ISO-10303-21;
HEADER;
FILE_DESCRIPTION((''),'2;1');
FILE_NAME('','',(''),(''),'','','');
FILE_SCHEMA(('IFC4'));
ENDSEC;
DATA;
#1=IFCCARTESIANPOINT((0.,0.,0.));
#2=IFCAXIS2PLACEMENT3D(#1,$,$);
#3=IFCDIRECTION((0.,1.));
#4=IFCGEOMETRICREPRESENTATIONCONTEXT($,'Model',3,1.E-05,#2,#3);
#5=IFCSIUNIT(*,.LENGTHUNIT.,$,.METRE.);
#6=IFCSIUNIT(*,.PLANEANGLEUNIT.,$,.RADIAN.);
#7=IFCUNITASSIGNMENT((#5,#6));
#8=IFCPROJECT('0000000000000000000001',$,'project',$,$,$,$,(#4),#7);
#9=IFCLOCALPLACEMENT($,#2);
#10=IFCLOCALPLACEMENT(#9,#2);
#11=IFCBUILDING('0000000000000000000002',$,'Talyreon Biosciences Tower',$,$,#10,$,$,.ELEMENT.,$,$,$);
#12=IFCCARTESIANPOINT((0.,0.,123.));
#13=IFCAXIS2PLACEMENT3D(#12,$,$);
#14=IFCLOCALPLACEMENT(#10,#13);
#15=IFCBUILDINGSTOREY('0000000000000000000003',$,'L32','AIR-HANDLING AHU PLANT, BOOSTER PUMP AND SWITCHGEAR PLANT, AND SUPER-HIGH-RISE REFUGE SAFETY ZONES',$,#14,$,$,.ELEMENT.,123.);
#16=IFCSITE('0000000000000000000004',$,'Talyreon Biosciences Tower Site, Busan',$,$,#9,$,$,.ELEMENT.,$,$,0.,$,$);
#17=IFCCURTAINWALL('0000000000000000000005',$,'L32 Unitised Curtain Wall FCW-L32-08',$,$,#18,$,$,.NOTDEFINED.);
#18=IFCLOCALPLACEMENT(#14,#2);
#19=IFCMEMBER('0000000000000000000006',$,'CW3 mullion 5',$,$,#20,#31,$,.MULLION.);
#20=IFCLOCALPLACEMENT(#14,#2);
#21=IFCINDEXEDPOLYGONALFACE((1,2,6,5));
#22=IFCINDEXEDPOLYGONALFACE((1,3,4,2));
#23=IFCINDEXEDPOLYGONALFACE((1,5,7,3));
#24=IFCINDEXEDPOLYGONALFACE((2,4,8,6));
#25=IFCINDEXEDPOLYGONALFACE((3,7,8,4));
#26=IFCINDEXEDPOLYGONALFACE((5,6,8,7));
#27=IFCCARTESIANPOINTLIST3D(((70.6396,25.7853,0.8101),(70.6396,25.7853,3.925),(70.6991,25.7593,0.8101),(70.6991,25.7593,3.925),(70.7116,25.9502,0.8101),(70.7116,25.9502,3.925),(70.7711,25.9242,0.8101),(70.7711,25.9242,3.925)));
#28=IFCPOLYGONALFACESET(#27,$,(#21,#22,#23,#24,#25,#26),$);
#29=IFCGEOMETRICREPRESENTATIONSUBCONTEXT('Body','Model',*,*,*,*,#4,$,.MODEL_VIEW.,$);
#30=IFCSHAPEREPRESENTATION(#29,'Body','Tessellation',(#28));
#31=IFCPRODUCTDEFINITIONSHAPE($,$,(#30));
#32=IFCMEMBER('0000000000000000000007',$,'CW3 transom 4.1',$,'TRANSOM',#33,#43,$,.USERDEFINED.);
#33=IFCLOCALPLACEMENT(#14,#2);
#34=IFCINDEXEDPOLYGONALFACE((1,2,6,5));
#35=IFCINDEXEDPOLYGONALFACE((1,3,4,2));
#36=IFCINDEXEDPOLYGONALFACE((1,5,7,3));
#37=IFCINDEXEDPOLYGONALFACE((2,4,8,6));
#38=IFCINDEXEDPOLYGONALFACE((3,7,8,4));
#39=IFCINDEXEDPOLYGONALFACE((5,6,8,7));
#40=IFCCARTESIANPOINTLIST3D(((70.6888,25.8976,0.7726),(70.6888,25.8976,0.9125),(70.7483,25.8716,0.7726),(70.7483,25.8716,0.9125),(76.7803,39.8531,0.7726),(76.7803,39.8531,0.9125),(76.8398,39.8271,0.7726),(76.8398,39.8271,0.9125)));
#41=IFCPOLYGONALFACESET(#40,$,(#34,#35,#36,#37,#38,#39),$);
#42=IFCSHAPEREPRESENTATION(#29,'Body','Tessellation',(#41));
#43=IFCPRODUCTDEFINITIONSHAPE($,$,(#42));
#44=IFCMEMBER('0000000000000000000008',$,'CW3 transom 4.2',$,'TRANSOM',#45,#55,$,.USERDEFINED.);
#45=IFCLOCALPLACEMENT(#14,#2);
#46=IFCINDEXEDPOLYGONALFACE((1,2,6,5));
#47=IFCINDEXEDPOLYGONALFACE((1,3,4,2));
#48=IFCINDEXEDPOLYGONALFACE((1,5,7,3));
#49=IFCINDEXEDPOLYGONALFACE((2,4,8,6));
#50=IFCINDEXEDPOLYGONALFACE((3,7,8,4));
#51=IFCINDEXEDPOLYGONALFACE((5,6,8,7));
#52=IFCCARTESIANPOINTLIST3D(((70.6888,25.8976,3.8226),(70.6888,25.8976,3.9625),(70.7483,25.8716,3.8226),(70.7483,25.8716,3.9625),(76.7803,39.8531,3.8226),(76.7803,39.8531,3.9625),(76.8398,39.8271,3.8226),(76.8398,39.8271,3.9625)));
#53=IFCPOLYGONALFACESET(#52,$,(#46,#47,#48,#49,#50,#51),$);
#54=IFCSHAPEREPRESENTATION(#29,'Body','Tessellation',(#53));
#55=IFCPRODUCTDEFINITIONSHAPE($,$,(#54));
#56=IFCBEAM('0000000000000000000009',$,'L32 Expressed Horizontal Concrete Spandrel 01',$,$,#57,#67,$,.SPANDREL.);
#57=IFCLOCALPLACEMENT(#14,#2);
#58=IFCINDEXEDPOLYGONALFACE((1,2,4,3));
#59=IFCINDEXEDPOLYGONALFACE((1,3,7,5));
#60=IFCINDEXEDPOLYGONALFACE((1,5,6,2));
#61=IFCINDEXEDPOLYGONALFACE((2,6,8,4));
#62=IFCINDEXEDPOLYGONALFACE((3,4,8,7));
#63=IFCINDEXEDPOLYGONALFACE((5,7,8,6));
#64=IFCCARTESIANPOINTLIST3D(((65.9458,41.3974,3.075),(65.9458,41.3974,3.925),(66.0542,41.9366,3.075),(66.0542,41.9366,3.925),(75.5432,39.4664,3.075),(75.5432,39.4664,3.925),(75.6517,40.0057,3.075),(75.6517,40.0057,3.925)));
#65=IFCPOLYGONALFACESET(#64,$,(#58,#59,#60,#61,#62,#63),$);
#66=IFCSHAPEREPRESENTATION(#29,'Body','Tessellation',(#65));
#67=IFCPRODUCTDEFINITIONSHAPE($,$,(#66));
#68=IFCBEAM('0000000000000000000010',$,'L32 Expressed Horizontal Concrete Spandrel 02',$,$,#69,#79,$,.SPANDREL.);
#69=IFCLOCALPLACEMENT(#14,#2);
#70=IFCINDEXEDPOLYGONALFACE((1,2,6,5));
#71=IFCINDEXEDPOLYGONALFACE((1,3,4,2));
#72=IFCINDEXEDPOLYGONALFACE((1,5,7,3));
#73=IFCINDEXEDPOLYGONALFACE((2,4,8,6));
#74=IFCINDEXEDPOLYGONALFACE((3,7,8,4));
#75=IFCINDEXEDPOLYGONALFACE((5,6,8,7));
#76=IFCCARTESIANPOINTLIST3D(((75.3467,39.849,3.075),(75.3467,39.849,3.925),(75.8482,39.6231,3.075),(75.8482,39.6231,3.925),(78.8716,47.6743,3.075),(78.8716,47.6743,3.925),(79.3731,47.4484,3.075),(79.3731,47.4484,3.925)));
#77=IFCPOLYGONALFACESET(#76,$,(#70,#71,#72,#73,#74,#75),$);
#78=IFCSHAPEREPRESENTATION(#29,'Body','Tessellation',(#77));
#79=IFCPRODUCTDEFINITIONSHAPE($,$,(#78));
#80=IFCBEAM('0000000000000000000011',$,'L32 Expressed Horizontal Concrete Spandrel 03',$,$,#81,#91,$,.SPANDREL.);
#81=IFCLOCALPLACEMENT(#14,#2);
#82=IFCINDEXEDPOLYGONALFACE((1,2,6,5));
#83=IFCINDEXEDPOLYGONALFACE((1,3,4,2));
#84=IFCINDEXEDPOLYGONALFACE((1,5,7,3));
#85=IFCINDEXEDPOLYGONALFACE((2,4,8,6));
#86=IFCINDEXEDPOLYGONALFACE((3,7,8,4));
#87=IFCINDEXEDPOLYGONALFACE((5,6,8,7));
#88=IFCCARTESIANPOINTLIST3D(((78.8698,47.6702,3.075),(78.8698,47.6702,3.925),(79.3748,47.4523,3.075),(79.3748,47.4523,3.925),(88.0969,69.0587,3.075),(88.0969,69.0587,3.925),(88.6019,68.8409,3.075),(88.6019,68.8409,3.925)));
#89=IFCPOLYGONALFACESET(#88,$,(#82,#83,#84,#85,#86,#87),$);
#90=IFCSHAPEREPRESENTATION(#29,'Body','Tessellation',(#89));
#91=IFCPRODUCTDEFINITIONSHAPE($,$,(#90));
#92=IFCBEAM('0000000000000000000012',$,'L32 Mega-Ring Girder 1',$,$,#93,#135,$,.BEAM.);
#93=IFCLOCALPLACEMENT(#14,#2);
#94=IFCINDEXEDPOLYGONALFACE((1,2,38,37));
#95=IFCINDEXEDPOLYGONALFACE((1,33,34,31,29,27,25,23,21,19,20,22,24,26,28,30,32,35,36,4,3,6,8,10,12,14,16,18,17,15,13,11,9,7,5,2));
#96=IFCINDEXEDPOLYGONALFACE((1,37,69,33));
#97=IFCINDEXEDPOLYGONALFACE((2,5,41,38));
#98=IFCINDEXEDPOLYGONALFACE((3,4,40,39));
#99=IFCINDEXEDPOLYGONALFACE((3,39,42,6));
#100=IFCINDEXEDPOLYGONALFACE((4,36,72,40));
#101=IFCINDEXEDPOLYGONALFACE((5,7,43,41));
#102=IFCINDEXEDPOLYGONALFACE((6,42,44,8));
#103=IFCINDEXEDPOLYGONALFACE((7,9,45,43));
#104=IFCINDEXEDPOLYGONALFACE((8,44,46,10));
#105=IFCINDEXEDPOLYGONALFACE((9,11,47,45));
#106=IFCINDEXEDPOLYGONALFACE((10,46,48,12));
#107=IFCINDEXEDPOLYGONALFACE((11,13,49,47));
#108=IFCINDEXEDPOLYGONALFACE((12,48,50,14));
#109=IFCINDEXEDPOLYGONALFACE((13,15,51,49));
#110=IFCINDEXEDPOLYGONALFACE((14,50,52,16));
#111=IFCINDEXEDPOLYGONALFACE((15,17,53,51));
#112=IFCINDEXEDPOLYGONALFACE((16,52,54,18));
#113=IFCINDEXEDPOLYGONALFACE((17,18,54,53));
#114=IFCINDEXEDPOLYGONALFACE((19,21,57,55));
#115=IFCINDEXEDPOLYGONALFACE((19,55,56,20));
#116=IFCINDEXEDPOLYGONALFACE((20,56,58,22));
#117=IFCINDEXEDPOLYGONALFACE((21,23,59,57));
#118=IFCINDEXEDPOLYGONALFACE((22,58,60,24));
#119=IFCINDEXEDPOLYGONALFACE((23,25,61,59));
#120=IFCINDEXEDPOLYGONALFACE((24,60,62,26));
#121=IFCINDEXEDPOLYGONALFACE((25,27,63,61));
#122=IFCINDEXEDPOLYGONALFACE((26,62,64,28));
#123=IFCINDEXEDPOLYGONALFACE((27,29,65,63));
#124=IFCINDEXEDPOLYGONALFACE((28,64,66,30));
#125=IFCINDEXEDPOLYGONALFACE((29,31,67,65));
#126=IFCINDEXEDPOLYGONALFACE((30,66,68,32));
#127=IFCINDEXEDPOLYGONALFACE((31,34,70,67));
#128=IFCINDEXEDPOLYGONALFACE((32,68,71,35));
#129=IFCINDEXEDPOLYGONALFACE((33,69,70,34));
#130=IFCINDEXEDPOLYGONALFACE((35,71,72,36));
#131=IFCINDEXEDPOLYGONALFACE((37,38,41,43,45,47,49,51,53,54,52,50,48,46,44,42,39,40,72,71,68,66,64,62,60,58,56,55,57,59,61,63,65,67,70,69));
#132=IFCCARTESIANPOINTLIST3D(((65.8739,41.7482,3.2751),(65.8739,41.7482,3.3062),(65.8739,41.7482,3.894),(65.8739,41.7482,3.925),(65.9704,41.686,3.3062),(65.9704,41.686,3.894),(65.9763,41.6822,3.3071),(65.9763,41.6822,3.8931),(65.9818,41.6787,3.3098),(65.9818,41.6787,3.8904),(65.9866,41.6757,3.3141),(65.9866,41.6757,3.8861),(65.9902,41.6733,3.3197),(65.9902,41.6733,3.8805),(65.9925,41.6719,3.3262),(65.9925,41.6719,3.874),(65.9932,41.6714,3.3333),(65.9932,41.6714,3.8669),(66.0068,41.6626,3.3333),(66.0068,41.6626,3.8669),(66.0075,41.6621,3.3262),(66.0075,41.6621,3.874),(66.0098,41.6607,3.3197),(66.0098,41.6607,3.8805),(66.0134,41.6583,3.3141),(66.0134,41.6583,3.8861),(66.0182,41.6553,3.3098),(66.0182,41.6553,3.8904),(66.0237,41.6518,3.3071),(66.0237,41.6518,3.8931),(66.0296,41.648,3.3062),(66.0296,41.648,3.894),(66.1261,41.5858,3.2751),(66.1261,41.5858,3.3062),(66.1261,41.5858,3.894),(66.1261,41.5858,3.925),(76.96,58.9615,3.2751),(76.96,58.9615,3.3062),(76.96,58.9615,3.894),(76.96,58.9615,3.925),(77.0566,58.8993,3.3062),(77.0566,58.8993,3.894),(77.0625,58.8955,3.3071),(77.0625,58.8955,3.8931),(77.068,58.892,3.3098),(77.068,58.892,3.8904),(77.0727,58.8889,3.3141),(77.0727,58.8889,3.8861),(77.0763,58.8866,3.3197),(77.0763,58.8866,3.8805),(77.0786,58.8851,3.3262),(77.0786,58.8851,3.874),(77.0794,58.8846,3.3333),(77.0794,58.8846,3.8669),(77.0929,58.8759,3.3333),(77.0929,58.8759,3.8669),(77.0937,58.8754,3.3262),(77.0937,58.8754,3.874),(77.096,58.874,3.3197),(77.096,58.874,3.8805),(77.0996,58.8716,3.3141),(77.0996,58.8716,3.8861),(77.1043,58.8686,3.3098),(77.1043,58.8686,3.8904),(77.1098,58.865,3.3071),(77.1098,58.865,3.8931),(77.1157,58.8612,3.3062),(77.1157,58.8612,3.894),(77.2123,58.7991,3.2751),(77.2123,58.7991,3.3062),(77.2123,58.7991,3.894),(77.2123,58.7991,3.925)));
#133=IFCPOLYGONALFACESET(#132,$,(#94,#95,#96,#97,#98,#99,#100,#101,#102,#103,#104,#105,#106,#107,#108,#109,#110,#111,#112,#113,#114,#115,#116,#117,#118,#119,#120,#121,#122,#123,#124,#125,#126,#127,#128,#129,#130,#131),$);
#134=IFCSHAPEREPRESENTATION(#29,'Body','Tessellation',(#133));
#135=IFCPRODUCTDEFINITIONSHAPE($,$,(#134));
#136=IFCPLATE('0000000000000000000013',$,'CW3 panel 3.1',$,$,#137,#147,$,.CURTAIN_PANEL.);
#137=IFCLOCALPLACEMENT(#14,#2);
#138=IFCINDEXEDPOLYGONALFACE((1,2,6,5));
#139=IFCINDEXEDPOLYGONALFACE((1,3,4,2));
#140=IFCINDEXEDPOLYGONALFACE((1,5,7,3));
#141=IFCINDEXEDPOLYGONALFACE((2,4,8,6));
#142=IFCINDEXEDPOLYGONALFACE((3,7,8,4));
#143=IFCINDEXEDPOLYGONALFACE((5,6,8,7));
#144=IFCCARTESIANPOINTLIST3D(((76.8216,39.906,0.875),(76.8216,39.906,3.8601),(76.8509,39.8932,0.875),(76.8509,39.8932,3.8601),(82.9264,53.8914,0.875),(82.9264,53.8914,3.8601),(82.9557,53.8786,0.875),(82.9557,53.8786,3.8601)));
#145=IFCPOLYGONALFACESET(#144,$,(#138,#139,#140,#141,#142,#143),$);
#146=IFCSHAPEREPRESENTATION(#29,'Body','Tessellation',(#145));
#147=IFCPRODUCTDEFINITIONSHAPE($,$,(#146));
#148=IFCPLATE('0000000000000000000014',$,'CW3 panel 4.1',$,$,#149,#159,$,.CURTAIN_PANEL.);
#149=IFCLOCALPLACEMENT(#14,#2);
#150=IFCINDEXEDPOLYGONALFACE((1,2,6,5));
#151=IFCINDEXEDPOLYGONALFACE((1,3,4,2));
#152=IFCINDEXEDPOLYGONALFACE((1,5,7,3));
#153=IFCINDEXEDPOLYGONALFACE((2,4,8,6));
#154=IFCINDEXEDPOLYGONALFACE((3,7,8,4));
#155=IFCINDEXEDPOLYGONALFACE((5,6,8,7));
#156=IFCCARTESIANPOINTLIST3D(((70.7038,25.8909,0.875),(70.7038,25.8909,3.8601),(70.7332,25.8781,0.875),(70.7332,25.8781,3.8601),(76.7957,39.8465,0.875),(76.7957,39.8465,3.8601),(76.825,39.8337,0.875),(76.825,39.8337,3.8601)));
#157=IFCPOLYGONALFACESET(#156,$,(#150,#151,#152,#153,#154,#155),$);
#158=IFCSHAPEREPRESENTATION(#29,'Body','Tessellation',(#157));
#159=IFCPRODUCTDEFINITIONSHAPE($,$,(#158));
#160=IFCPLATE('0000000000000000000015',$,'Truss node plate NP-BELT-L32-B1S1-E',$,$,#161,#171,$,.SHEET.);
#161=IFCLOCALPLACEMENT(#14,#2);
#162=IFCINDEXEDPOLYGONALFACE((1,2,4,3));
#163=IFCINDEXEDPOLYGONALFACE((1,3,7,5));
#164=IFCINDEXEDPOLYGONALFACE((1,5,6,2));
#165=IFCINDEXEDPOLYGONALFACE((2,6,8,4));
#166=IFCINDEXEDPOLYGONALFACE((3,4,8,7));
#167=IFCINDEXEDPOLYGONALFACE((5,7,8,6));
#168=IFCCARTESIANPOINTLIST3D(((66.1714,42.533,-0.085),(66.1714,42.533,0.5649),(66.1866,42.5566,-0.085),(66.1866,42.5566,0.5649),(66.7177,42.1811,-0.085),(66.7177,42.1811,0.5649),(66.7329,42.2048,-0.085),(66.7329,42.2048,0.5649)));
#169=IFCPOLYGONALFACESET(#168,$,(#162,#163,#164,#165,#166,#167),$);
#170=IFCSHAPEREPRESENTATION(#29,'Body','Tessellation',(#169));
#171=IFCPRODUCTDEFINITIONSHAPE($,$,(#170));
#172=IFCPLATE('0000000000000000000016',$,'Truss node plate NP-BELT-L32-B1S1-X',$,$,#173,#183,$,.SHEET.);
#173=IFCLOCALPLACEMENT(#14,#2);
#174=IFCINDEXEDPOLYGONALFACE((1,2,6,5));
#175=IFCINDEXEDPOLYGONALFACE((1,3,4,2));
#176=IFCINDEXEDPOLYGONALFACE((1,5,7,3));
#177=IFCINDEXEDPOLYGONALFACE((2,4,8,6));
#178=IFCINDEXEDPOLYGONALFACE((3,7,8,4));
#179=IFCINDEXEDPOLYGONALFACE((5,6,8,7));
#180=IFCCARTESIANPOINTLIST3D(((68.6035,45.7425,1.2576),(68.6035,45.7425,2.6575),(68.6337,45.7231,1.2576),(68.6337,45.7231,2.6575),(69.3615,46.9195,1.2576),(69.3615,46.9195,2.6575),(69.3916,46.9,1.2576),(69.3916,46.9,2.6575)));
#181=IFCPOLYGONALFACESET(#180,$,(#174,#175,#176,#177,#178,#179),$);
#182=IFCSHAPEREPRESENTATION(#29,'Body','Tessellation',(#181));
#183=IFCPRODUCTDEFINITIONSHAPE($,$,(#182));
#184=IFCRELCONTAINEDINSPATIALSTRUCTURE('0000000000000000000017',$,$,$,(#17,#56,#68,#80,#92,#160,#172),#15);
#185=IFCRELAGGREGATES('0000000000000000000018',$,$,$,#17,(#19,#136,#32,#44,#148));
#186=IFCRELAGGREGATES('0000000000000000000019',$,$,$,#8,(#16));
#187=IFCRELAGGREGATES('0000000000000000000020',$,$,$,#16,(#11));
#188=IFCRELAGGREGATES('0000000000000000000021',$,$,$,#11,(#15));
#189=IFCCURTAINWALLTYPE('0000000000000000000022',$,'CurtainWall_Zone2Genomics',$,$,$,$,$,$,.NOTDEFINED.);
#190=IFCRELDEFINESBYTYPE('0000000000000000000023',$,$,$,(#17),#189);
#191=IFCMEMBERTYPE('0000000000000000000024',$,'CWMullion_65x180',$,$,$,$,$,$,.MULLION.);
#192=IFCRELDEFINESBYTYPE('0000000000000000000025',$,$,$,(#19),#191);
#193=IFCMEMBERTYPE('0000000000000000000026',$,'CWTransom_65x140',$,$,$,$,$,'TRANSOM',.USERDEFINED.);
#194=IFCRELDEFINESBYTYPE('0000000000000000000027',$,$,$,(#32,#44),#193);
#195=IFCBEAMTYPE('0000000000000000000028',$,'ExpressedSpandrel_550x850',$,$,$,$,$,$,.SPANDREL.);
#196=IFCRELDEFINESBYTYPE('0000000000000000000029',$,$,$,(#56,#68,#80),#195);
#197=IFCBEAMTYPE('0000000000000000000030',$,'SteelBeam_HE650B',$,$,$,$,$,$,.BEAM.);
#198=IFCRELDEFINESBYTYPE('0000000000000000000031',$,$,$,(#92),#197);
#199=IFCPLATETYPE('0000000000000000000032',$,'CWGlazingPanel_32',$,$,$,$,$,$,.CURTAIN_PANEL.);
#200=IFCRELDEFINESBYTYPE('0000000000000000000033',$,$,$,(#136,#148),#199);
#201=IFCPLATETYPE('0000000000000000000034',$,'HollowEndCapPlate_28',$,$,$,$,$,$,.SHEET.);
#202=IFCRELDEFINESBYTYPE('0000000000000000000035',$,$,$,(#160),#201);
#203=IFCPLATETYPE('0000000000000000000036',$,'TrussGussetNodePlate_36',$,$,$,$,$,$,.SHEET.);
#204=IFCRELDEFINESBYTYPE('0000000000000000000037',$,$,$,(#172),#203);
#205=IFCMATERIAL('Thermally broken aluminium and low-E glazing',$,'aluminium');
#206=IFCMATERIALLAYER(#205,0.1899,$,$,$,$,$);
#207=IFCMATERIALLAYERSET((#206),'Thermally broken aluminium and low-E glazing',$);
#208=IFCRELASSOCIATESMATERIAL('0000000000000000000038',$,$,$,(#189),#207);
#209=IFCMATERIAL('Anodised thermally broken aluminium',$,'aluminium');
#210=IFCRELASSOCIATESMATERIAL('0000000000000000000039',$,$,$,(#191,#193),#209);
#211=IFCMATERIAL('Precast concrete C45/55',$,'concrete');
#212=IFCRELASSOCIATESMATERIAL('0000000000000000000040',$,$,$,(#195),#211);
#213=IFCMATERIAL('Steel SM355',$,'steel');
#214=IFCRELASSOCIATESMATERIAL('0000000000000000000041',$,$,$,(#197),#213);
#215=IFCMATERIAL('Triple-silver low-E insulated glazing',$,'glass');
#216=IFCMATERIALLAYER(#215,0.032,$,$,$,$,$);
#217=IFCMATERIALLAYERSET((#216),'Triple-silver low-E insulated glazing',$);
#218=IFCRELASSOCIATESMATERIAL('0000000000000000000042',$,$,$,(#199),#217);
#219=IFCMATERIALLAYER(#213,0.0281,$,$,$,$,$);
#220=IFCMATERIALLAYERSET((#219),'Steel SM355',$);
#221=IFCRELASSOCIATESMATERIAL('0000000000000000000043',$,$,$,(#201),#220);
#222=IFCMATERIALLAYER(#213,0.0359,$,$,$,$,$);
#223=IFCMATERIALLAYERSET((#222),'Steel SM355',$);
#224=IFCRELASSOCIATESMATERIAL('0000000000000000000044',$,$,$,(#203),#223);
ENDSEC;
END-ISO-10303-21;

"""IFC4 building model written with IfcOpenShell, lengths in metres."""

from ifc_helpers import new_model, si_unit, direction, frame, origin, origin_2d, place, context, subcontext, project, spatial, rectangle, i_section, extrude, material, layer, layer_set, material_profile, profile_set, type_object, element, aggregate, save


model = new_model("IFC4")

# Units and contexts
model_context = context("Model", 3, precision=1e-05, world=origin(), true_north=direction((0.0, 1.0)))
body_context = subcontext(model_context, "Body", "Model", "MODEL_VIEW")
ifc_project = project(units=[si_unit("LENGTHUNIT", "METRE"), si_unit("PLANEANGLEUNIT", "RADIAN")], contexts=[model_context])

# Site, building, storey
site_placement = place(None, origin())
site = spatial("IfcSite", under=ifc_project, at=site_placement, Name="Talyreon Biosciences Tower Site, Busan", CompositionType="ELEMENT", RefElevation=0.0)
building_placement = place(site_placement, origin())
building = spatial("IfcBuilding", under=site, at=building_placement, Name="Talyreon Biosciences Tower", CompositionType="ELEMENT")
storey_placement = place(building_placement, frame((0.0, 0.0, 123.0)))
storey = spatial("IfcBuildingStorey", under=building, at=storey_placement, Name="L32", Description="AIR-HANDLING AHU PLANT, BOOSTER PUMP AND SWITCHGEAR PLANT, AND SUPER-HIGH-RISE REFUGE SAFETY ZONES", CompositionType="ELEMENT", Elevation=123.0)

# Shared definitions
ifc_material_1 = material(Name="Precast concrete C45/55", Category="concrete")

# Shared definitions
ifc_material_2 = material(Name="Steel SM355", Category="steel")

# Curtain wall, members
ifc_material_3 = material(Name="Thermally broken aluminium and low-E glazing", Category="aluminium")
ifc_layer_1 = layer(ifc_material_3, 0.1899)
ifc_layer_set_1 = layer_set([ifc_layer_1], Name="Thermally broken aluminium and low-E glazing")
curtain_wall_type = type_object("IfcCurtainWallType", Name="CurtainWall_Zone2Genomics", PredefinedType="NOTDEFINED", material=ifc_layer_set_1)
curtain_wall_placement = place(storey_placement, origin())
curtain_wall = element("IfcCurtainWall", 1, at=curtain_wall_placement, inside=storey, type_object=curtain_wall_type, Name="L32 Unitised Curtain Wall FCW-L32-08", PredefinedType="NOTDEFINED")
ifc_material_4 = material(Name="Anodised thermally broken aluminium", Category="aluminium")
ifc_material_profile_1 = material_profile(ifc_material_4, rectangle(XDim=0.0649, YDim=0.1799, at=origin_2d()), Name="ALUM MULLION 65x180")
ifc_profile_set_1 = profile_set([ifc_material_profile_1], Name="Anodised thermally broken aluminium")
member_type_1 = type_object("IfcMemberType", Name="CWMullion_65x180", PredefinedType="MULLION", material=ifc_profile_set_1)
member_1_placement = place(storey_placement, frame((70.7053, 25.8547, 0.8101), z_axis=(0.0, 0.0, 1.0), x_axis=(0.91649, -0.400058, 0.0)))
member_1 = element("IfcMember", 2, at=member_1_placement, type_object=member_type_1, Name="CW3 mullion 5", PredefinedType="MULLION", context=body_context, shape_type="SweptSolid", body=[
    extrude(rectangle(XDim=0.0649, YDim=0.1799, at=origin_2d()), origin(), (0.0, 0.0, 1.0), 3.115),
])
ifc_material_profile_2 = material_profile(ifc_material_4, rectangle(XDim=0.0649, YDim=0.1399, at=origin_2d()), Name="ALUM TRANSOM 65x140")
ifc_profile_set_2 = profile_set([ifc_material_profile_2], Name="Anodised thermally broken aluminium")
member_type_2 = type_object("IfcMemberType", Name="CWTransom_65x140", ElementType="TRANSOM", PredefinedType="USERDEFINED", material=ifc_profile_set_2)
member_2_placement = place(storey_placement, frame((76.8101, 39.8401, 0.8425), z_axis=(-0.400047, -0.916495, 0.0), x_axis=(0.916495, -0.400047, 0.0)))
member_2 = element("IfcMember", 3, at=member_2_placement, type_object=member_type_2, Name="CW3 transom 4.1", ObjectType="TRANSOM", PredefinedType="USERDEFINED", context=body_context, shape_type="SweptSolid", body=[
    extrude(rectangle(XDim=0.0649, YDim=0.1399, at=origin_2d()), origin(), (0.0, 0.0, 1.0), 15.2271),
])
member_3_placement = place(storey_placement, frame((76.8101, 39.8401, 3.8926), z_axis=(-0.400047, -0.916495, 0.0), x_axis=(0.916495, -0.400047, 0.0)))
member_3 = element("IfcMember", 4, at=member_3_placement, type_object=member_type_2, Name="CW3 transom 4.2", ObjectType="TRANSOM", PredefinedType="USERDEFINED", context=body_context, shape_type="SweptSolid", body=[
    extrude(rectangle(XDim=0.0649, YDim=0.1399, at=origin_2d()), origin(), (0.0, 0.0, 1.0), 15.2271),
])

# Beams
ifc_material_profile_3 = material_profile(ifc_material_1, rectangle(XDim=0.55, YDim=0.8501, at=origin_2d()), Name="RCB 550x850")
ifc_profile_set_3 = profile_set([ifc_material_profile_3], Name="Precast concrete C45/55")
beam_type_1 = type_object("IfcBeamType", Name="ExpressedSpandrel_550x850", PredefinedType="SPANDREL", material=ifc_profile_set_3)
beam_1_placement = place(storey_placement, frame((66.0, 41.667, 3.5), z_axis=(0.980356, -0.197238, 0.0), x_axis=(0.197238, 0.980356, 0.0)))
element("IfcBeam", 5, at=beam_1_placement, inside=storey, type_object=beam_type_1, Name="L32 Expressed Horizontal Concrete Spandrel 01", PredefinedType="SPANDREL", context=body_context, shape_type="SweptSolid", body=[
    extrude(rectangle(XDim=0.55, YDim=0.8501, at=origin_2d()), origin(), (0.0, 0.0, 1.0), 9.7898),
])
beam_2_placement = place(storey_placement, frame((75.5974, 39.7361, 3.5), z_axis=(0.41071, 0.911766, 0.0), x_axis=(-0.911766, 0.41071, 0.0)))
element("IfcBeam", 6, at=beam_2_placement, inside=storey, type_object=beam_type_1, Name="L32 Expressed Horizontal Concrete Spandrel 02", PredefinedType="SPANDREL", context=body_context, shape_type="SweptSolid", body=[
    extrude(rectangle(XDim=0.55, YDim=0.8501, at=origin_2d()), origin(), (0.0, 0.0, 1.0), 8.5825),
])
beam_3_placement = place(storey_placement, frame((79.1223, 47.5613, 3.5), z_axis=(0.396115, 0.918201, 0.0), x_axis=(-0.918201, 0.396115, 0.0)))
element("IfcBeam", 7, at=beam_3_placement, inside=storey, type_object=beam_type_1, Name="L32 Expressed Horizontal Concrete Spandrel 03", PredefinedType="SPANDREL", context=body_context, shape_type="SweptSolid", body=[
    extrude(rectangle(XDim=0.55, YDim=0.8501, at=origin_2d()), origin(), (0.0, 0.0, 1.0), 23.2939),
])
ifc_material_profile_4 = material_profile(ifc_material_2, i_section(OverallWidth=0.3, OverallDepth=0.6499, WebThickness=0.0161, FlangeThickness=0.031, FilletRadius=0.0271, at=origin_2d()), Name="HE650B")
ifc_profile_set_4 = profile_set([ifc_material_profile_4], Name="Steel SM355")
beam_type_2 = type_object("IfcBeamType", Name="SteelBeam_HE650B", PredefinedType="BEAM", material=ifc_profile_set_4)
beam_4_placement = place(storey_placement, frame((66.0, 41.667, 3.6001), z_axis=(0.541464, 0.840724, 0.0), x_axis=(-0.840724, 0.541464, 0.0)))
element("IfcBeam", 8, at=beam_4_placement, inside=storey, type_object=beam_type_2, Name="L32 Mega-Ring Girder 1", PredefinedType="BEAM", context=body_context, shape_type="SweptSolid", body=[
    extrude(i_section(OverallWidth=0.3, OverallDepth=0.6499, WebThickness=0.0161, FlangeThickness=0.031, FilletRadius=0.0271, at=origin_2d()), origin(), (0.0, 0.0, 1.0), 20.4744),
])

# Plates
ifc_material_5 = material(Name="Triple-silver low-E insulated glazing", Category="glass")
ifc_layer_2 = layer(ifc_material_5, 0.032)
ifc_layer_set_2 = layer_set([ifc_layer_2], Name="Triple-silver low-E insulated glazing")
plate_type_1 = type_object("IfcPlateType", Name="CWGlazingPanel_32", PredefinedType="CURTAIN_PANEL", material=ifc_layer_set_2)
plate_1_placement = place(storey_placement, frame((79.8887, 46.8923, 0.875), z_axis=(0.0, 0.0, 1.0), x_axis=(-0.400058, -0.91649, 0.0)))
plate_1 = element("IfcPlate", 9, at=plate_1_placement, type_object=plate_type_1, Name="CW3 panel 3.1", PredefinedType="CURTAIN_PANEL", context=body_context, shape_type="SweptSolid", body=[
    extrude(rectangle(XDim=15.2598, YDim=0.032, at=origin_2d()), origin(), (0.0, 0.0, 1.0), 2.9851),
])
plate_2_placement = place(storey_placement, frame((73.7644, 32.8623, 0.875), z_axis=(0.0, 0.0, 1.0), x_axis=(-0.400058, -0.91649, 0.0)))
plate_2 = element("IfcPlate", 10, at=plate_2_placement, type_object=plate_type_1, Name="CW3 panel 4.1", PredefinedType="CURTAIN_PANEL", context=body_context, shape_type="SweptSolid", body=[
    extrude(rectangle(XDim=15.2273, YDim=0.032, at=origin_2d()), origin(), (0.0, 0.0, 1.0), 2.9851),
])
aggregate(curtain_wall, [member_1, plate_1, member_2, member_3, plate_2])

# Plates
ifc_layer_3 = layer(ifc_material_2, 0.0281)
ifc_layer_set_3 = layer_set([ifc_layer_3], Name="Steel SM355")
plate_type_2 = type_object("IfcPlateType", Name="HollowEndCapPlate_28", PredefinedType="SHEET", material=ifc_layer_set_3)
plate_3_placement = place(storey_placement, frame((66.4521, 42.3689, -0.085), z_axis=(0.0, 0.0, 1.0), x_axis=(-0.840727, 0.541459, 0.0)))
element("IfcPlate", 11, at=plate_3_placement, inside=storey, type_object=plate_type_2, Name="Truss node plate NP-BELT-L32-B1S1-E", PredefinedType="SHEET", context=body_context, shape_type="SweptSolid", body=[
    extrude(rectangle(XDim=0.6499, YDim=0.0281, at=origin_2d()), origin(), (0.0, 0.0, 1.0), 0.6499),
])
ifc_layer_4 = layer(ifc_material_2, 0.0359)
ifc_layer_set_4 = layer_set([ifc_layer_4], Name="Steel SM355")
plate_type_3 = type_object("IfcPlateType", Name="TrussGussetNodePlate_36", PredefinedType="SHEET", material=ifc_layer_set_4)
plate_4_placement = place(storey_placement, frame((68.9976, 46.3213, 1.2576), z_axis=(0.0, 0.0, 1.0), x_axis=(0.541459, 0.840727, 0.0)))
element("IfcPlate", 12, at=plate_4_placement, inside=storey, type_object=plate_type_3, Name="Truss node plate NP-BELT-L32-B1S1-X", PredefinedType="SHEET", context=body_context, shape_type="SweptSolid", body=[
    extrude(rectangle(XDim=1.3999, YDim=0.0359, at=origin_2d()), origin(), (0.0, 0.0, 1.0), 1.3999),
])

save(model, "model.ifc")
